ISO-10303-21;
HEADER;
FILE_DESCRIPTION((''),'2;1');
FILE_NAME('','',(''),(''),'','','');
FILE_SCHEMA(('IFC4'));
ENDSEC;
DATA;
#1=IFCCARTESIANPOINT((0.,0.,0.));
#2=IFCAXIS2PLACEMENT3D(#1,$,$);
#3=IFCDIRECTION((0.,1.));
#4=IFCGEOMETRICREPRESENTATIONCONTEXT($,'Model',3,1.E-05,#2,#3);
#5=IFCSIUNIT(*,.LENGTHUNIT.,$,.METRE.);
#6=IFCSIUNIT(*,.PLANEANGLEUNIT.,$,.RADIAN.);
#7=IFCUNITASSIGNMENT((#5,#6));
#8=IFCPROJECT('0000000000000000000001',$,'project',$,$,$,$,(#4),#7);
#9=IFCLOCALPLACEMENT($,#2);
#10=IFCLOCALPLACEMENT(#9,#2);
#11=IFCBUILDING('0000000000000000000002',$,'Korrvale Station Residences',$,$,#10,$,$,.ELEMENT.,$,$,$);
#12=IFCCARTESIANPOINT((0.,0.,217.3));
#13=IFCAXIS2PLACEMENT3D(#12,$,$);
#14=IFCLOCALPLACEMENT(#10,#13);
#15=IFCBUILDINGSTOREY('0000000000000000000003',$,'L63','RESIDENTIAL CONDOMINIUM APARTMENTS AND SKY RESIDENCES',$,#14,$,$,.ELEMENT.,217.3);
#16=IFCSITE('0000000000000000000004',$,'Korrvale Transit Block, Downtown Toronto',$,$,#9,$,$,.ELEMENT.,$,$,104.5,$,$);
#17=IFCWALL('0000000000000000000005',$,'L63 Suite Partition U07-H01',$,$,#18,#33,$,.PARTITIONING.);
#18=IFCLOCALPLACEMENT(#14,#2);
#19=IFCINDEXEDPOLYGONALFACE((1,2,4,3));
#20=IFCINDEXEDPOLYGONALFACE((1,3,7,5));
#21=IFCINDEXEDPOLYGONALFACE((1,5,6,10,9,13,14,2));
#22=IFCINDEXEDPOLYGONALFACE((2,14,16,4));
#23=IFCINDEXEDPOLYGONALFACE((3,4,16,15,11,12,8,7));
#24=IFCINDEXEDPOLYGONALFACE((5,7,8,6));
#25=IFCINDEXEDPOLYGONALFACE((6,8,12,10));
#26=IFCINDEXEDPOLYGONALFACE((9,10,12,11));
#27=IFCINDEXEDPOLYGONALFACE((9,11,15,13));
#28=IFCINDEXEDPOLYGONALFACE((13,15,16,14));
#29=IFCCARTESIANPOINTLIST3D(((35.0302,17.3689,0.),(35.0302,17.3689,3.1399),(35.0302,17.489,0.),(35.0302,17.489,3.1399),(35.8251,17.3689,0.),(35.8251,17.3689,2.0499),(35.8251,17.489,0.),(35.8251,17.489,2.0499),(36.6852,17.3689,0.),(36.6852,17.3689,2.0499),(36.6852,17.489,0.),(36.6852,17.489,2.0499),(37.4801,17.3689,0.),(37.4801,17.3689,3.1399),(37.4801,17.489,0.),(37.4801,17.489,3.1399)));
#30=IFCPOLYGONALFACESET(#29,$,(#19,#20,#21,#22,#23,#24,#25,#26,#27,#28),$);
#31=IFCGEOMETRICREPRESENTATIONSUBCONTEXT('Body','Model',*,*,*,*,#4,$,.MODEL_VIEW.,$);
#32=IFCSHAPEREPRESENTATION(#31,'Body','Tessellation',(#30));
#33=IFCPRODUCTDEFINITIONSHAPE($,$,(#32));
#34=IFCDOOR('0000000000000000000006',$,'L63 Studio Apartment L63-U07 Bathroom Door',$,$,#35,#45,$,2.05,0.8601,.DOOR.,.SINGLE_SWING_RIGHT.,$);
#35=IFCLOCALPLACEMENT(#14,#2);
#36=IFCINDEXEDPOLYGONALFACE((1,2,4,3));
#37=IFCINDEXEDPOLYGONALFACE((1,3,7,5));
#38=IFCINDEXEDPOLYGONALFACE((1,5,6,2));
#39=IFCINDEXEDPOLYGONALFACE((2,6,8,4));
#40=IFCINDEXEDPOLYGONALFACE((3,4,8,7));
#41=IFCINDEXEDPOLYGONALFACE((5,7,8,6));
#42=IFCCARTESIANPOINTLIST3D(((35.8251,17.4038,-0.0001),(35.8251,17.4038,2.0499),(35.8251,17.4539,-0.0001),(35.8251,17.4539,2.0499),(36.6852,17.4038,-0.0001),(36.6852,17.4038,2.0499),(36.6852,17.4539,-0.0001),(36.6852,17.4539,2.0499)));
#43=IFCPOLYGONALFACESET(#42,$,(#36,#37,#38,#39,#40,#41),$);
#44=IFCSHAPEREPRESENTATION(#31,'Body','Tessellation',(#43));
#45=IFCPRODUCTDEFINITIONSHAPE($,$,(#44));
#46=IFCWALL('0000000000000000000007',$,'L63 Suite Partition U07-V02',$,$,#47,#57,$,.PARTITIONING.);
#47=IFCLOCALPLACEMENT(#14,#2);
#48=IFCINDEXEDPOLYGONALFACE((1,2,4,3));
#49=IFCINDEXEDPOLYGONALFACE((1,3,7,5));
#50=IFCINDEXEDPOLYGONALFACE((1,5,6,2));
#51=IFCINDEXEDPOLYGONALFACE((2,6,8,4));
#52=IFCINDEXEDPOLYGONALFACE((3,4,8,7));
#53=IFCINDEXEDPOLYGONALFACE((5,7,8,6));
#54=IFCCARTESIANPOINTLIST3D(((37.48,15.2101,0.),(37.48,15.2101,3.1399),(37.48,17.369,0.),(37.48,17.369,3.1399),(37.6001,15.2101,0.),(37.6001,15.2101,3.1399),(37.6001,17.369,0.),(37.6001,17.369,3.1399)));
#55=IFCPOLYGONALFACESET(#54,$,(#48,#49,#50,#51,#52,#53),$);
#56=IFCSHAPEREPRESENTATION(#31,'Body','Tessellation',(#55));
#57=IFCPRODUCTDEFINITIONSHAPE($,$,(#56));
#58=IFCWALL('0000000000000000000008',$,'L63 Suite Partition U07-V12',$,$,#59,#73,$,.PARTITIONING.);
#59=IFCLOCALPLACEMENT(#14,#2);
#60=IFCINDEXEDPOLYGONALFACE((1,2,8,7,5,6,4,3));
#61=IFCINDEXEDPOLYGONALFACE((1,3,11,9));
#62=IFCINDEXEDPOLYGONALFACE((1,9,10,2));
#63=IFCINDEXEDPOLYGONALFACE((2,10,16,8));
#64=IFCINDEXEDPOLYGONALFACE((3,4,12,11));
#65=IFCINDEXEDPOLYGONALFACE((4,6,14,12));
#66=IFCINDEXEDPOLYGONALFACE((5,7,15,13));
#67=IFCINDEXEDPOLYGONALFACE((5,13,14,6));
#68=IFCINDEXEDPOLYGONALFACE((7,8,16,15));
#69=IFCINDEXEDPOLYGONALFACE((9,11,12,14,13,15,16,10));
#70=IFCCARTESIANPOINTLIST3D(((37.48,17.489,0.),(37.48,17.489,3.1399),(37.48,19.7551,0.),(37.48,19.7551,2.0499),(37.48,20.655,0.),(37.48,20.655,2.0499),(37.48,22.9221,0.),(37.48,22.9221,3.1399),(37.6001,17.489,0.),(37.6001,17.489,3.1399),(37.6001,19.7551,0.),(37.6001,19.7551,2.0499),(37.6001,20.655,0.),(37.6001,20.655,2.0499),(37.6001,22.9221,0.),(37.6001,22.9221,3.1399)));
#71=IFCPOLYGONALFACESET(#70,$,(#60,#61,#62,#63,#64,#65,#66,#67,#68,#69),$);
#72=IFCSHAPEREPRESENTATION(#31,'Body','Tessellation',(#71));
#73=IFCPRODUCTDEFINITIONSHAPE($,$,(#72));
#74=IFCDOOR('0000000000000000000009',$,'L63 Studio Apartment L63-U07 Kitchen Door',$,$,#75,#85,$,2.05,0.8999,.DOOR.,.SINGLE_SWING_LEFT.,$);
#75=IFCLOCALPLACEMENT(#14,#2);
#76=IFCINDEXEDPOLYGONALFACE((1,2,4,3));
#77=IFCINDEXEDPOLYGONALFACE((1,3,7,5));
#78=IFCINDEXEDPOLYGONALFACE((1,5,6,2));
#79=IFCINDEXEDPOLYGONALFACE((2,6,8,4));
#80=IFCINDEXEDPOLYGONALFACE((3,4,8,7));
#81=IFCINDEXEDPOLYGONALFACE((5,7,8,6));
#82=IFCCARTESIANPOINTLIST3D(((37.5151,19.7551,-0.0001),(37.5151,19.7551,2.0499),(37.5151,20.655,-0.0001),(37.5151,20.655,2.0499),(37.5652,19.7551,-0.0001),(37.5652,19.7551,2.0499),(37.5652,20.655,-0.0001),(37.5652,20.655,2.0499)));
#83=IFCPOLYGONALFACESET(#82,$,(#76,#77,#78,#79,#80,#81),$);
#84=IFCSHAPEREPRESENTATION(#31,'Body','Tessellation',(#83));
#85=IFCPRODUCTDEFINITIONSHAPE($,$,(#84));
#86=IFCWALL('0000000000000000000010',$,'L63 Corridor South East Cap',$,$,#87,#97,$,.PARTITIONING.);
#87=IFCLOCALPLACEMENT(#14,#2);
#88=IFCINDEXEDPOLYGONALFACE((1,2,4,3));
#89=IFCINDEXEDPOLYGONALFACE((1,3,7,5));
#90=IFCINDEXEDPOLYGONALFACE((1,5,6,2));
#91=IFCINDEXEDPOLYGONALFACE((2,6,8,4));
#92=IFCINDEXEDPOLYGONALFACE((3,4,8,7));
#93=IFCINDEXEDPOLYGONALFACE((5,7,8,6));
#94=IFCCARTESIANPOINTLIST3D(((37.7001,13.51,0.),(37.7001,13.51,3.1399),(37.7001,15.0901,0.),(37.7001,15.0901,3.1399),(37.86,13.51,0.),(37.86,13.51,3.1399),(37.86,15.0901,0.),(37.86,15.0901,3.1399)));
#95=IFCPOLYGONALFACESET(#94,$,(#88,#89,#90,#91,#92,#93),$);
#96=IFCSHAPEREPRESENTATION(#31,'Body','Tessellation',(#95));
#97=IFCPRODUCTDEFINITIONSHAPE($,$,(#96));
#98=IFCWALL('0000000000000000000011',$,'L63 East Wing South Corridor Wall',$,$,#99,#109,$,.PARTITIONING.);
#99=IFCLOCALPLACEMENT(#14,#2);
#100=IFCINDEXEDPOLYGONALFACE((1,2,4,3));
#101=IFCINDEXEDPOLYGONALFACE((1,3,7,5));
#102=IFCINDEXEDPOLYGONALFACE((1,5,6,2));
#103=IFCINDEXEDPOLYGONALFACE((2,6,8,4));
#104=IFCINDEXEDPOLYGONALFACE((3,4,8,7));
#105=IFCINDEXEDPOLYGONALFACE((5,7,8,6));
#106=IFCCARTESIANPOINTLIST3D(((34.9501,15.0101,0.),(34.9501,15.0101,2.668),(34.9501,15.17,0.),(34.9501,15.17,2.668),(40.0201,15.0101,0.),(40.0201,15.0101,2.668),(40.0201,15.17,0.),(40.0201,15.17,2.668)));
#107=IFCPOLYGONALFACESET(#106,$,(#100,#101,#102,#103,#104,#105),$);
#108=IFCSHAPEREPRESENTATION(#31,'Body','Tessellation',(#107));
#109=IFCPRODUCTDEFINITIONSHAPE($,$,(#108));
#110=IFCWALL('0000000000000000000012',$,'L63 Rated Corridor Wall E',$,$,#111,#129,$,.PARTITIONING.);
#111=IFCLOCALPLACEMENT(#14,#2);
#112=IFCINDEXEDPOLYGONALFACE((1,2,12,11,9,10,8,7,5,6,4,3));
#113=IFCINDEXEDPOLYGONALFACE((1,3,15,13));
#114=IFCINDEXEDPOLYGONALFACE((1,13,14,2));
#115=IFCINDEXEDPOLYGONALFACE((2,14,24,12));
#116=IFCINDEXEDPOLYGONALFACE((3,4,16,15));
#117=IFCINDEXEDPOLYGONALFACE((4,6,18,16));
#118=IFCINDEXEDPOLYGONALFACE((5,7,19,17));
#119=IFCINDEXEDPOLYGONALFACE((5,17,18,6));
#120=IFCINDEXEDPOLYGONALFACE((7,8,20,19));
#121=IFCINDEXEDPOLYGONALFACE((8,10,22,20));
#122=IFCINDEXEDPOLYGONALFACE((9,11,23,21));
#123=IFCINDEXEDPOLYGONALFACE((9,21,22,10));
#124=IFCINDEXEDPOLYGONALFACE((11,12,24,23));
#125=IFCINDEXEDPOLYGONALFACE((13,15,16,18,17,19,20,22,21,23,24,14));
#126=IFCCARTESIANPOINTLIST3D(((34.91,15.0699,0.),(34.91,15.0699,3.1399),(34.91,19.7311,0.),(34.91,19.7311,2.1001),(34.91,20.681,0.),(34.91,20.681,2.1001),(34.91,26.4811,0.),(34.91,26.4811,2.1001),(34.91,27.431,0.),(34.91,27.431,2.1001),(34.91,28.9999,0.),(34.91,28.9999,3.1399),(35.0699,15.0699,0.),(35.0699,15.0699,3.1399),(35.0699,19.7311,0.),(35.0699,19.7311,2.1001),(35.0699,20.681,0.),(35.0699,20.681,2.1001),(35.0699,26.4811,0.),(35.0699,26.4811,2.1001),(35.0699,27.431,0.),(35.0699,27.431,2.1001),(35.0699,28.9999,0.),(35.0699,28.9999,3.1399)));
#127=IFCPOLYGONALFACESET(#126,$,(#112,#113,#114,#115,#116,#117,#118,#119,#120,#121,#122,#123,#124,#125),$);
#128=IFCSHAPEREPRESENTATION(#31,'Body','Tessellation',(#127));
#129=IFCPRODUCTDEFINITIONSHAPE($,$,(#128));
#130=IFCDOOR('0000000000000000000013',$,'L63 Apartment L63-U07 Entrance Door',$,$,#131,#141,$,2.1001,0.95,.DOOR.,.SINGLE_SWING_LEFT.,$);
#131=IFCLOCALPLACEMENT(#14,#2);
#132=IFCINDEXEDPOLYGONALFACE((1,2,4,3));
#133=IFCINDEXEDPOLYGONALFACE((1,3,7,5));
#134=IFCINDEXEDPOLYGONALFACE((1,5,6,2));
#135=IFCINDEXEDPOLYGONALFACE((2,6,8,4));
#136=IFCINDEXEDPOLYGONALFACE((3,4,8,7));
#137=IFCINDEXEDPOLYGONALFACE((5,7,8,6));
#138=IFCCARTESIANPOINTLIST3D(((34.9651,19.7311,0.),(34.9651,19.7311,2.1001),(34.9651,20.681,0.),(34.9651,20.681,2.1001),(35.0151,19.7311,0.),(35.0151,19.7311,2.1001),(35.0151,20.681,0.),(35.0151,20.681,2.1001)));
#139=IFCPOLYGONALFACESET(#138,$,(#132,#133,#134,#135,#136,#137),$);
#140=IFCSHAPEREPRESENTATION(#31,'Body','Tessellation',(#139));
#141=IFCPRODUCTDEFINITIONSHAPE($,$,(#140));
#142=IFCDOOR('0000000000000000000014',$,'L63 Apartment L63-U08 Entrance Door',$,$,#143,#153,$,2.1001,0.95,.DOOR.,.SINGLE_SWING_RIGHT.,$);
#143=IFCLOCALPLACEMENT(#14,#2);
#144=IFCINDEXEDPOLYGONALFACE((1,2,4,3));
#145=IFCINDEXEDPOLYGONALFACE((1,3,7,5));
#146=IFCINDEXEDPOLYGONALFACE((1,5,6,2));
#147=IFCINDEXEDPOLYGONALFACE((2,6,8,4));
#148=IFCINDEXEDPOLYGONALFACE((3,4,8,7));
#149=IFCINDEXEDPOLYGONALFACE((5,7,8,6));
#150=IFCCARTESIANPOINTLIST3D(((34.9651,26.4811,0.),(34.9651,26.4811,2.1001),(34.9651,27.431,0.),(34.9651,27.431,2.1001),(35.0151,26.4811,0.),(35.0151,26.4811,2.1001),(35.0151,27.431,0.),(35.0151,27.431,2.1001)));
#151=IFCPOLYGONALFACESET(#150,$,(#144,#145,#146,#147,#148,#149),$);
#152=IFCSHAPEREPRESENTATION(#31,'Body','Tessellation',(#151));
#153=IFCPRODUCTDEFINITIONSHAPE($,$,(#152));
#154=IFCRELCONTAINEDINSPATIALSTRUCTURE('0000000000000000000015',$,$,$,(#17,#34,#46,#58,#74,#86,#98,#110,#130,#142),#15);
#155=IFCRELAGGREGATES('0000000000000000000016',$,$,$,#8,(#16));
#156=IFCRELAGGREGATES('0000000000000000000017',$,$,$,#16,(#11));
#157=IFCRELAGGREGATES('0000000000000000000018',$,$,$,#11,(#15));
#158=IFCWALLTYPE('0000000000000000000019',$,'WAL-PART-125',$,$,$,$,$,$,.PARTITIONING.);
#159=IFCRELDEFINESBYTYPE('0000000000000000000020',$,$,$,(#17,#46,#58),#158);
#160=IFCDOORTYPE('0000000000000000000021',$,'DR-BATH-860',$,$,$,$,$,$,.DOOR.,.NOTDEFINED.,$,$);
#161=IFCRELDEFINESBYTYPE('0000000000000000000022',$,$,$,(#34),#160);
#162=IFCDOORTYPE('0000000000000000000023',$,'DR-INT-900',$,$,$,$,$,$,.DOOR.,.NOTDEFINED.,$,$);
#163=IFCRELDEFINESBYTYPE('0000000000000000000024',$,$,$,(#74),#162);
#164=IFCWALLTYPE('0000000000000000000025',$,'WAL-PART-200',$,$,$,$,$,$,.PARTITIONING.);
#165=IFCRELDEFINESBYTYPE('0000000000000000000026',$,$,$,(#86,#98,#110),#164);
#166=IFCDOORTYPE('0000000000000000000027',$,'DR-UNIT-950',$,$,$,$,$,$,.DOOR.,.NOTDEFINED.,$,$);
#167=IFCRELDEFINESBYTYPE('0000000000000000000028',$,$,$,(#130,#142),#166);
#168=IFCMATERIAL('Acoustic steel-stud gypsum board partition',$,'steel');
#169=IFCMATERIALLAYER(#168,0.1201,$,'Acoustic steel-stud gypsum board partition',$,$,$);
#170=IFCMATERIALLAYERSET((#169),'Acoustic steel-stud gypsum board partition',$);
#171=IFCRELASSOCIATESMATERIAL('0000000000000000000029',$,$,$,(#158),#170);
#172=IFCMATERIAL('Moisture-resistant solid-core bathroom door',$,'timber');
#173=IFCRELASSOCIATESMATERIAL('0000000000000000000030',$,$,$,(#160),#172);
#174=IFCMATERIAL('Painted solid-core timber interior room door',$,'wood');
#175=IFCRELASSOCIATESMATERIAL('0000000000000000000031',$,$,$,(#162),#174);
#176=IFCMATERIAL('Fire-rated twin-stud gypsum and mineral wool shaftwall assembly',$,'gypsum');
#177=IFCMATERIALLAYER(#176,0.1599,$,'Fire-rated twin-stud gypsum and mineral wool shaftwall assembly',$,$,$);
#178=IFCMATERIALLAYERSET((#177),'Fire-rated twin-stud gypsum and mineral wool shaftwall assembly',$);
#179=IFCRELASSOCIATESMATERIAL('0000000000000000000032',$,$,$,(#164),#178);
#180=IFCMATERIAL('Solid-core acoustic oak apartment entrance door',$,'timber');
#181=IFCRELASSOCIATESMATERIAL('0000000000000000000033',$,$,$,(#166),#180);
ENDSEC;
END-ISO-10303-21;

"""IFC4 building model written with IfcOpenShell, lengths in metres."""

from ifc_helpers import new_model, si_unit, direction, frame, frame_2d, origin, place, context, subcontext, project, spatial, rectangle, extrude, material, layer, layer_set, type_object, element, fill, save


model = new_model("IFC4")

# Units and contexts
model_context = context("Model", 3, precision=1e-05, world=origin(), true_north=direction((0.0, 1.0)))
body_context = subcontext(model_context, "Body", "Model", "MODEL_VIEW")
ifc_project = project(units=[si_unit("LENGTHUNIT", "METRE"), si_unit("PLANEANGLEUNIT", "RADIAN")], contexts=[model_context])

# Site, building, storey
site_placement = place(None, origin())
site = spatial("IfcSite", under=ifc_project, at=site_placement, Name="Korrvale Transit Block, Downtown Toronto", CompositionType="ELEMENT", RefElevation=104.5)
building_placement = place(site_placement, origin())
building = spatial("IfcBuilding", under=site, at=building_placement, Name="Korrvale Station Residences", CompositionType="ELEMENT")
storey_placement = place(building_placement, frame((0.0, 0.0, 217.3)))
storey = spatial("IfcBuildingStorey", under=building, at=storey_placement, Name="L63", Description="RESIDENTIAL CONDOMINIUM APARTMENTS AND SKY RESIDENCES", CompositionType="ELEMENT", Elevation=217.3)

# Wall, opening, door
ifc_material_1 = material(Name="Acoustic steel-stud gypsum board partition", Category="steel")
ifc_layer_1 = layer(ifc_material_1, 0.1201, Name="Acoustic steel-stud gypsum board partition")
ifc_layer_set_1 = layer_set([ifc_layer_1], Name="Acoustic steel-stud gypsum board partition")
wall_type_1 = type_object("IfcWallType", Name="WAL-PART-125", PredefinedType="PARTITIONING", material=ifc_layer_set_1)
wall_1_placement = place(storey_placement, frame((35.03, 17.429, 0.0), z_axis=(0.0, 0.0, 1.0), x_axis=(1.0, 0.0, 0.0)))
wall_1 = element("IfcWall", 1, at=wall_1_placement, inside=storey, type_object=wall_type_1, Name="L63 Suite Partition U07-H01", PredefinedType="PARTITIONING", context=body_context, shape_type="SweptSolid", body=[
    extrude(rectangle(XDim=2.45, YDim=0.1201, at=frame_2d((1.2251, 0.0))), origin(), (0.0, 0.0, 1.0), 3.1399),
])
opening_1_placement = place(wall_1_placement, frame((0.7949, 0.0, 0.0)))
opening_1 = element("IfcOpeningElement", 2, at=opening_1_placement, cuts=wall_1, PredefinedType="OPENING", context=body_context, shape_type="SweptSolid", body=[
    extrude(rectangle(XDim=0.8601, YDim=2.05, at=frame_2d((0.4302, 1.0249))), frame((0.0, 0.0701, 0.0), z_axis=(0.0, -1.0, 0.0), x_axis=(1.0, 0.0, 0.0)), (0.0, 0.0, 1.0), 0.1401),
])
ifc_material_2 = material(Name="Moisture-resistant solid-core bathroom door", Category="timber")
door_type_1 = type_object("IfcDoorType", Name="DR-BATH-860", OperationType="NOTDEFINED", PredefinedType="DOOR", material=ifc_material_2)
door_1_placement = place(opening_1_placement, origin())
door_1 = element("IfcDoor", 3, at=door_1_placement, inside=storey, type_object=door_type_1, Name="L63 Studio Apartment L63-U07 Bathroom Door", OperationType="SINGLE_SWING_RIGHT", OverallHeight=2.05, OverallWidth=0.8601, PredefinedType="DOOR", context=body_context, shape_type="SweptSolid", body=[
    extrude(rectangle(XDim=0.8601, YDim=2.05, at=frame_2d((0.4302, 1.0249))), frame((0.0, 0.0249, 0.0), z_axis=(0.0, -1.0, 0.0), x_axis=(1.0, 0.0, 0.0)), (0.0, 0.0, 1.0), 0.05),
])
fill(opening_1, door_1)

# Wall
wall_2_placement = place(storey_placement, frame((37.54, 15.21, 0.0), z_axis=(0.0, 0.0, 1.0), x_axis=(0.0, 1.0, 0.0)))
element("IfcWall", 4, at=wall_2_placement, inside=storey, type_object=wall_type_1, Name="L63 Suite Partition U07-V02", PredefinedType="PARTITIONING", context=body_context, shape_type="SweptSolid", body=[
    extrude(rectangle(XDim=2.1589, YDim=0.1201, at=frame_2d((1.0796, 0.0))), origin(), (0.0, 0.0, 1.0), 3.1399),
])

# Wall, opening, door
wall_3_placement = place(storey_placement, frame((37.54, 17.489, 0.0), z_axis=(0.0, 0.0, 1.0), x_axis=(0.0, 1.0, 0.0)))
wall_3 = element("IfcWall", 5, at=wall_3_placement, inside=storey, type_object=wall_type_1, Name="L63 Suite Partition U07-V12", PredefinedType="PARTITIONING", context=body_context, shape_type="SweptSolid", body=[
    extrude(rectangle(XDim=5.4331, YDim=0.1201, at=frame_2d((2.7166, 0.0))), origin(), (0.0, 0.0, 1.0), 3.1399),
])
opening_2_placement = place(wall_3_placement, frame((2.2661, 0.0, 0.0)))
opening_2 = element("IfcOpeningElement", 6, at=opening_2_placement, cuts=wall_3, PredefinedType="OPENING", context=body_context, shape_type="SweptSolid", body=[
    extrude(rectangle(XDim=0.8999, YDim=2.05, at=frame_2d((0.45, 1.0249))), frame((0.0, 0.0701, 0.0), z_axis=(0.0, -1.0, 0.0), x_axis=(1.0, 0.0, 0.0)), (0.0, 0.0, 1.0), 0.1401),
])
ifc_material_3 = material(Name="Painted solid-core timber interior room door", Category="wood")
door_type_2 = type_object("IfcDoorType", Name="DR-INT-900", OperationType="NOTDEFINED", PredefinedType="DOOR", material=ifc_material_3)
door_2_placement = place(opening_2_placement, origin())
door_2 = element("IfcDoor", 7, at=door_2_placement, inside=storey, type_object=door_type_2, Name="L63 Studio Apartment L63-U07 Kitchen Door", OperationType="SINGLE_SWING_LEFT", OverallHeight=2.05, OverallWidth=0.8999, PredefinedType="DOOR", context=body_context, shape_type="SweptSolid", body=[
    extrude(rectangle(XDim=0.8999, YDim=2.05, at=frame_2d((0.45, 1.0249))), frame((0.0, 0.0249, 0.0), z_axis=(0.0, -1.0, 0.0), x_axis=(1.0, 0.0, 0.0)), (0.0, 0.0, 1.0), 0.05),
])
fill(opening_2, door_2)

# Walls
ifc_material_4 = material(Name="Fire-rated twin-stud gypsum and mineral wool shaftwall assembly", Category="gypsum")
ifc_layer_2 = layer(ifc_material_4, 0.1599, Name="Fire-rated twin-stud gypsum and mineral wool shaftwall assembly")
ifc_layer_set_2 = layer_set([ifc_layer_2], Name="Fire-rated twin-stud gypsum and mineral wool shaftwall assembly")
wall_type_2 = type_object("IfcWallType", Name="WAL-PART-200", PredefinedType="PARTITIONING", material=ifc_layer_set_2)
wall_4_placement = place(storey_placement, frame((37.78, 13.51, 0.0), z_axis=(0.0, 0.0, 1.0), x_axis=(0.0, 1.0, 0.0)))
element("IfcWall", 8, at=wall_4_placement, inside=storey, type_object=wall_type_2, Name="L63 Corridor South East Cap", PredefinedType="PARTITIONING", context=body_context, shape_type="SweptSolid", body=[
    extrude(rectangle(XDim=1.5801, YDim=0.1599, at=frame_2d((0.79, 0.0))), origin(), (0.0, 0.0, 1.0), 3.1399),
])
wall_5_placement = place(storey_placement, frame((34.95, 15.0901, 0.0), z_axis=(0.0, 0.0, 1.0), x_axis=(1.0, 0.0, 0.0)))
element("IfcWall", 9, at=wall_5_placement, inside=storey, type_object=wall_type_2, Name="L63 East Wing South Corridor Wall", PredefinedType="PARTITIONING", context=body_context, shape_type="SweptSolid", body=[
    extrude(rectangle(XDim=5.0701, YDim=0.1599, at=frame_2d((2.5352, 0.0))), origin(), (0.0, 0.0, 1.0), 2.668),
])

# Wall, openings, doors
wall_6_placement = place(storey_placement, frame((34.99, 15.0701, 0.0), z_axis=(0.0, 0.0, 1.0), x_axis=(0.0, 1.0, 0.0)))
wall_6 = element("IfcWall", 10, at=wall_6_placement, inside=storey, type_object=wall_type_2, Name="L63 Rated Corridor Wall E", PredefinedType="PARTITIONING", context=body_context, shape_type="SweptSolid", body=[
    extrude(rectangle(XDim=13.9299, YDim=0.1599, at=frame_2d((6.9648, 0.0))), origin(), (0.0, 0.0, 1.0), 3.1399),
])
opening_3_placement = place(wall_6_placement, frame((4.6609, 0.0, 0.0)))
opening_3 = element("IfcOpeningElement", 11, at=opening_3_placement, cuts=wall_6, PredefinedType="OPENING", context=body_context, shape_type="SweptSolid", body=[
    extrude(rectangle(XDim=0.95, YDim=2.1001, at=frame_2d((0.4751, 1.05))), frame((0.0, 0.0898, 0.0), z_axis=(0.0, -1.0, 0.0), x_axis=(1.0, 0.0, 0.0)), (0.0, 0.0, 1.0), 0.1799),
])
opening_4_placement = place(wall_6_placement, frame((11.4109, 0.0, 0.0)))
opening_4 = element("IfcOpeningElement", 12, at=opening_4_placement, cuts=wall_6, PredefinedType="OPENING", context=body_context, shape_type="SweptSolid", body=[
    extrude(rectangle(XDim=0.95, YDim=2.1001, at=frame_2d((0.4751, 1.05))), frame((0.0, 0.0898, 0.0), z_axis=(0.0, -1.0, 0.0), x_axis=(1.0, 0.0, 0.0)), (0.0, 0.0, 1.0), 0.1799),
])
ifc_material_5 = material(Name="Solid-core acoustic oak apartment entrance door", Category="timber")
door_type_3 = type_object("IfcDoorType", Name="DR-UNIT-950", OperationType="NOTDEFINED", PredefinedType="DOOR", material=ifc_material_5)
door_3_placement = place(opening_3_placement, origin())
door_3 = element("IfcDoor", 13, at=door_3_placement, inside=storey, type_object=door_type_3, Name="L63 Apartment L63-U07 Entrance Door", OperationType="SINGLE_SWING_LEFT", OverallHeight=2.1001, OverallWidth=0.95, PredefinedType="DOOR", context=body_context, shape_type="SweptSolid", body=[
    extrude(rectangle(XDim=0.95, YDim=2.1001, at=frame_2d((0.4751, 1.05))), frame((0.0, 0.0249, 0.0), z_axis=(0.0, -1.0, 0.0), x_axis=(1.0, 0.0, 0.0)), (0.0, 0.0, 1.0), 0.05),
])
fill(opening_3, door_3)
door_4_placement = place(opening_4_placement, origin())
door_4 = element("IfcDoor", 14, at=door_4_placement, inside=storey, type_object=door_type_3, Name="L63 Apartment L63-U08 Entrance Door", OperationType="SINGLE_SWING_RIGHT", OverallHeight=2.1001, OverallWidth=0.95, PredefinedType="DOOR", context=body_context, shape_type="SweptSolid", body=[
    extrude(rectangle(XDim=0.95, YDim=2.1001, at=frame_2d((0.4751, 1.05))), frame((0.0, 0.0249, 0.0), z_axis=(0.0, -1.0, 0.0), x_axis=(1.0, 0.0, 0.0)), (0.0, 0.0, 1.0), 0.05),
])
fill(opening_4, door_4)

save(model, "model.ifc")
